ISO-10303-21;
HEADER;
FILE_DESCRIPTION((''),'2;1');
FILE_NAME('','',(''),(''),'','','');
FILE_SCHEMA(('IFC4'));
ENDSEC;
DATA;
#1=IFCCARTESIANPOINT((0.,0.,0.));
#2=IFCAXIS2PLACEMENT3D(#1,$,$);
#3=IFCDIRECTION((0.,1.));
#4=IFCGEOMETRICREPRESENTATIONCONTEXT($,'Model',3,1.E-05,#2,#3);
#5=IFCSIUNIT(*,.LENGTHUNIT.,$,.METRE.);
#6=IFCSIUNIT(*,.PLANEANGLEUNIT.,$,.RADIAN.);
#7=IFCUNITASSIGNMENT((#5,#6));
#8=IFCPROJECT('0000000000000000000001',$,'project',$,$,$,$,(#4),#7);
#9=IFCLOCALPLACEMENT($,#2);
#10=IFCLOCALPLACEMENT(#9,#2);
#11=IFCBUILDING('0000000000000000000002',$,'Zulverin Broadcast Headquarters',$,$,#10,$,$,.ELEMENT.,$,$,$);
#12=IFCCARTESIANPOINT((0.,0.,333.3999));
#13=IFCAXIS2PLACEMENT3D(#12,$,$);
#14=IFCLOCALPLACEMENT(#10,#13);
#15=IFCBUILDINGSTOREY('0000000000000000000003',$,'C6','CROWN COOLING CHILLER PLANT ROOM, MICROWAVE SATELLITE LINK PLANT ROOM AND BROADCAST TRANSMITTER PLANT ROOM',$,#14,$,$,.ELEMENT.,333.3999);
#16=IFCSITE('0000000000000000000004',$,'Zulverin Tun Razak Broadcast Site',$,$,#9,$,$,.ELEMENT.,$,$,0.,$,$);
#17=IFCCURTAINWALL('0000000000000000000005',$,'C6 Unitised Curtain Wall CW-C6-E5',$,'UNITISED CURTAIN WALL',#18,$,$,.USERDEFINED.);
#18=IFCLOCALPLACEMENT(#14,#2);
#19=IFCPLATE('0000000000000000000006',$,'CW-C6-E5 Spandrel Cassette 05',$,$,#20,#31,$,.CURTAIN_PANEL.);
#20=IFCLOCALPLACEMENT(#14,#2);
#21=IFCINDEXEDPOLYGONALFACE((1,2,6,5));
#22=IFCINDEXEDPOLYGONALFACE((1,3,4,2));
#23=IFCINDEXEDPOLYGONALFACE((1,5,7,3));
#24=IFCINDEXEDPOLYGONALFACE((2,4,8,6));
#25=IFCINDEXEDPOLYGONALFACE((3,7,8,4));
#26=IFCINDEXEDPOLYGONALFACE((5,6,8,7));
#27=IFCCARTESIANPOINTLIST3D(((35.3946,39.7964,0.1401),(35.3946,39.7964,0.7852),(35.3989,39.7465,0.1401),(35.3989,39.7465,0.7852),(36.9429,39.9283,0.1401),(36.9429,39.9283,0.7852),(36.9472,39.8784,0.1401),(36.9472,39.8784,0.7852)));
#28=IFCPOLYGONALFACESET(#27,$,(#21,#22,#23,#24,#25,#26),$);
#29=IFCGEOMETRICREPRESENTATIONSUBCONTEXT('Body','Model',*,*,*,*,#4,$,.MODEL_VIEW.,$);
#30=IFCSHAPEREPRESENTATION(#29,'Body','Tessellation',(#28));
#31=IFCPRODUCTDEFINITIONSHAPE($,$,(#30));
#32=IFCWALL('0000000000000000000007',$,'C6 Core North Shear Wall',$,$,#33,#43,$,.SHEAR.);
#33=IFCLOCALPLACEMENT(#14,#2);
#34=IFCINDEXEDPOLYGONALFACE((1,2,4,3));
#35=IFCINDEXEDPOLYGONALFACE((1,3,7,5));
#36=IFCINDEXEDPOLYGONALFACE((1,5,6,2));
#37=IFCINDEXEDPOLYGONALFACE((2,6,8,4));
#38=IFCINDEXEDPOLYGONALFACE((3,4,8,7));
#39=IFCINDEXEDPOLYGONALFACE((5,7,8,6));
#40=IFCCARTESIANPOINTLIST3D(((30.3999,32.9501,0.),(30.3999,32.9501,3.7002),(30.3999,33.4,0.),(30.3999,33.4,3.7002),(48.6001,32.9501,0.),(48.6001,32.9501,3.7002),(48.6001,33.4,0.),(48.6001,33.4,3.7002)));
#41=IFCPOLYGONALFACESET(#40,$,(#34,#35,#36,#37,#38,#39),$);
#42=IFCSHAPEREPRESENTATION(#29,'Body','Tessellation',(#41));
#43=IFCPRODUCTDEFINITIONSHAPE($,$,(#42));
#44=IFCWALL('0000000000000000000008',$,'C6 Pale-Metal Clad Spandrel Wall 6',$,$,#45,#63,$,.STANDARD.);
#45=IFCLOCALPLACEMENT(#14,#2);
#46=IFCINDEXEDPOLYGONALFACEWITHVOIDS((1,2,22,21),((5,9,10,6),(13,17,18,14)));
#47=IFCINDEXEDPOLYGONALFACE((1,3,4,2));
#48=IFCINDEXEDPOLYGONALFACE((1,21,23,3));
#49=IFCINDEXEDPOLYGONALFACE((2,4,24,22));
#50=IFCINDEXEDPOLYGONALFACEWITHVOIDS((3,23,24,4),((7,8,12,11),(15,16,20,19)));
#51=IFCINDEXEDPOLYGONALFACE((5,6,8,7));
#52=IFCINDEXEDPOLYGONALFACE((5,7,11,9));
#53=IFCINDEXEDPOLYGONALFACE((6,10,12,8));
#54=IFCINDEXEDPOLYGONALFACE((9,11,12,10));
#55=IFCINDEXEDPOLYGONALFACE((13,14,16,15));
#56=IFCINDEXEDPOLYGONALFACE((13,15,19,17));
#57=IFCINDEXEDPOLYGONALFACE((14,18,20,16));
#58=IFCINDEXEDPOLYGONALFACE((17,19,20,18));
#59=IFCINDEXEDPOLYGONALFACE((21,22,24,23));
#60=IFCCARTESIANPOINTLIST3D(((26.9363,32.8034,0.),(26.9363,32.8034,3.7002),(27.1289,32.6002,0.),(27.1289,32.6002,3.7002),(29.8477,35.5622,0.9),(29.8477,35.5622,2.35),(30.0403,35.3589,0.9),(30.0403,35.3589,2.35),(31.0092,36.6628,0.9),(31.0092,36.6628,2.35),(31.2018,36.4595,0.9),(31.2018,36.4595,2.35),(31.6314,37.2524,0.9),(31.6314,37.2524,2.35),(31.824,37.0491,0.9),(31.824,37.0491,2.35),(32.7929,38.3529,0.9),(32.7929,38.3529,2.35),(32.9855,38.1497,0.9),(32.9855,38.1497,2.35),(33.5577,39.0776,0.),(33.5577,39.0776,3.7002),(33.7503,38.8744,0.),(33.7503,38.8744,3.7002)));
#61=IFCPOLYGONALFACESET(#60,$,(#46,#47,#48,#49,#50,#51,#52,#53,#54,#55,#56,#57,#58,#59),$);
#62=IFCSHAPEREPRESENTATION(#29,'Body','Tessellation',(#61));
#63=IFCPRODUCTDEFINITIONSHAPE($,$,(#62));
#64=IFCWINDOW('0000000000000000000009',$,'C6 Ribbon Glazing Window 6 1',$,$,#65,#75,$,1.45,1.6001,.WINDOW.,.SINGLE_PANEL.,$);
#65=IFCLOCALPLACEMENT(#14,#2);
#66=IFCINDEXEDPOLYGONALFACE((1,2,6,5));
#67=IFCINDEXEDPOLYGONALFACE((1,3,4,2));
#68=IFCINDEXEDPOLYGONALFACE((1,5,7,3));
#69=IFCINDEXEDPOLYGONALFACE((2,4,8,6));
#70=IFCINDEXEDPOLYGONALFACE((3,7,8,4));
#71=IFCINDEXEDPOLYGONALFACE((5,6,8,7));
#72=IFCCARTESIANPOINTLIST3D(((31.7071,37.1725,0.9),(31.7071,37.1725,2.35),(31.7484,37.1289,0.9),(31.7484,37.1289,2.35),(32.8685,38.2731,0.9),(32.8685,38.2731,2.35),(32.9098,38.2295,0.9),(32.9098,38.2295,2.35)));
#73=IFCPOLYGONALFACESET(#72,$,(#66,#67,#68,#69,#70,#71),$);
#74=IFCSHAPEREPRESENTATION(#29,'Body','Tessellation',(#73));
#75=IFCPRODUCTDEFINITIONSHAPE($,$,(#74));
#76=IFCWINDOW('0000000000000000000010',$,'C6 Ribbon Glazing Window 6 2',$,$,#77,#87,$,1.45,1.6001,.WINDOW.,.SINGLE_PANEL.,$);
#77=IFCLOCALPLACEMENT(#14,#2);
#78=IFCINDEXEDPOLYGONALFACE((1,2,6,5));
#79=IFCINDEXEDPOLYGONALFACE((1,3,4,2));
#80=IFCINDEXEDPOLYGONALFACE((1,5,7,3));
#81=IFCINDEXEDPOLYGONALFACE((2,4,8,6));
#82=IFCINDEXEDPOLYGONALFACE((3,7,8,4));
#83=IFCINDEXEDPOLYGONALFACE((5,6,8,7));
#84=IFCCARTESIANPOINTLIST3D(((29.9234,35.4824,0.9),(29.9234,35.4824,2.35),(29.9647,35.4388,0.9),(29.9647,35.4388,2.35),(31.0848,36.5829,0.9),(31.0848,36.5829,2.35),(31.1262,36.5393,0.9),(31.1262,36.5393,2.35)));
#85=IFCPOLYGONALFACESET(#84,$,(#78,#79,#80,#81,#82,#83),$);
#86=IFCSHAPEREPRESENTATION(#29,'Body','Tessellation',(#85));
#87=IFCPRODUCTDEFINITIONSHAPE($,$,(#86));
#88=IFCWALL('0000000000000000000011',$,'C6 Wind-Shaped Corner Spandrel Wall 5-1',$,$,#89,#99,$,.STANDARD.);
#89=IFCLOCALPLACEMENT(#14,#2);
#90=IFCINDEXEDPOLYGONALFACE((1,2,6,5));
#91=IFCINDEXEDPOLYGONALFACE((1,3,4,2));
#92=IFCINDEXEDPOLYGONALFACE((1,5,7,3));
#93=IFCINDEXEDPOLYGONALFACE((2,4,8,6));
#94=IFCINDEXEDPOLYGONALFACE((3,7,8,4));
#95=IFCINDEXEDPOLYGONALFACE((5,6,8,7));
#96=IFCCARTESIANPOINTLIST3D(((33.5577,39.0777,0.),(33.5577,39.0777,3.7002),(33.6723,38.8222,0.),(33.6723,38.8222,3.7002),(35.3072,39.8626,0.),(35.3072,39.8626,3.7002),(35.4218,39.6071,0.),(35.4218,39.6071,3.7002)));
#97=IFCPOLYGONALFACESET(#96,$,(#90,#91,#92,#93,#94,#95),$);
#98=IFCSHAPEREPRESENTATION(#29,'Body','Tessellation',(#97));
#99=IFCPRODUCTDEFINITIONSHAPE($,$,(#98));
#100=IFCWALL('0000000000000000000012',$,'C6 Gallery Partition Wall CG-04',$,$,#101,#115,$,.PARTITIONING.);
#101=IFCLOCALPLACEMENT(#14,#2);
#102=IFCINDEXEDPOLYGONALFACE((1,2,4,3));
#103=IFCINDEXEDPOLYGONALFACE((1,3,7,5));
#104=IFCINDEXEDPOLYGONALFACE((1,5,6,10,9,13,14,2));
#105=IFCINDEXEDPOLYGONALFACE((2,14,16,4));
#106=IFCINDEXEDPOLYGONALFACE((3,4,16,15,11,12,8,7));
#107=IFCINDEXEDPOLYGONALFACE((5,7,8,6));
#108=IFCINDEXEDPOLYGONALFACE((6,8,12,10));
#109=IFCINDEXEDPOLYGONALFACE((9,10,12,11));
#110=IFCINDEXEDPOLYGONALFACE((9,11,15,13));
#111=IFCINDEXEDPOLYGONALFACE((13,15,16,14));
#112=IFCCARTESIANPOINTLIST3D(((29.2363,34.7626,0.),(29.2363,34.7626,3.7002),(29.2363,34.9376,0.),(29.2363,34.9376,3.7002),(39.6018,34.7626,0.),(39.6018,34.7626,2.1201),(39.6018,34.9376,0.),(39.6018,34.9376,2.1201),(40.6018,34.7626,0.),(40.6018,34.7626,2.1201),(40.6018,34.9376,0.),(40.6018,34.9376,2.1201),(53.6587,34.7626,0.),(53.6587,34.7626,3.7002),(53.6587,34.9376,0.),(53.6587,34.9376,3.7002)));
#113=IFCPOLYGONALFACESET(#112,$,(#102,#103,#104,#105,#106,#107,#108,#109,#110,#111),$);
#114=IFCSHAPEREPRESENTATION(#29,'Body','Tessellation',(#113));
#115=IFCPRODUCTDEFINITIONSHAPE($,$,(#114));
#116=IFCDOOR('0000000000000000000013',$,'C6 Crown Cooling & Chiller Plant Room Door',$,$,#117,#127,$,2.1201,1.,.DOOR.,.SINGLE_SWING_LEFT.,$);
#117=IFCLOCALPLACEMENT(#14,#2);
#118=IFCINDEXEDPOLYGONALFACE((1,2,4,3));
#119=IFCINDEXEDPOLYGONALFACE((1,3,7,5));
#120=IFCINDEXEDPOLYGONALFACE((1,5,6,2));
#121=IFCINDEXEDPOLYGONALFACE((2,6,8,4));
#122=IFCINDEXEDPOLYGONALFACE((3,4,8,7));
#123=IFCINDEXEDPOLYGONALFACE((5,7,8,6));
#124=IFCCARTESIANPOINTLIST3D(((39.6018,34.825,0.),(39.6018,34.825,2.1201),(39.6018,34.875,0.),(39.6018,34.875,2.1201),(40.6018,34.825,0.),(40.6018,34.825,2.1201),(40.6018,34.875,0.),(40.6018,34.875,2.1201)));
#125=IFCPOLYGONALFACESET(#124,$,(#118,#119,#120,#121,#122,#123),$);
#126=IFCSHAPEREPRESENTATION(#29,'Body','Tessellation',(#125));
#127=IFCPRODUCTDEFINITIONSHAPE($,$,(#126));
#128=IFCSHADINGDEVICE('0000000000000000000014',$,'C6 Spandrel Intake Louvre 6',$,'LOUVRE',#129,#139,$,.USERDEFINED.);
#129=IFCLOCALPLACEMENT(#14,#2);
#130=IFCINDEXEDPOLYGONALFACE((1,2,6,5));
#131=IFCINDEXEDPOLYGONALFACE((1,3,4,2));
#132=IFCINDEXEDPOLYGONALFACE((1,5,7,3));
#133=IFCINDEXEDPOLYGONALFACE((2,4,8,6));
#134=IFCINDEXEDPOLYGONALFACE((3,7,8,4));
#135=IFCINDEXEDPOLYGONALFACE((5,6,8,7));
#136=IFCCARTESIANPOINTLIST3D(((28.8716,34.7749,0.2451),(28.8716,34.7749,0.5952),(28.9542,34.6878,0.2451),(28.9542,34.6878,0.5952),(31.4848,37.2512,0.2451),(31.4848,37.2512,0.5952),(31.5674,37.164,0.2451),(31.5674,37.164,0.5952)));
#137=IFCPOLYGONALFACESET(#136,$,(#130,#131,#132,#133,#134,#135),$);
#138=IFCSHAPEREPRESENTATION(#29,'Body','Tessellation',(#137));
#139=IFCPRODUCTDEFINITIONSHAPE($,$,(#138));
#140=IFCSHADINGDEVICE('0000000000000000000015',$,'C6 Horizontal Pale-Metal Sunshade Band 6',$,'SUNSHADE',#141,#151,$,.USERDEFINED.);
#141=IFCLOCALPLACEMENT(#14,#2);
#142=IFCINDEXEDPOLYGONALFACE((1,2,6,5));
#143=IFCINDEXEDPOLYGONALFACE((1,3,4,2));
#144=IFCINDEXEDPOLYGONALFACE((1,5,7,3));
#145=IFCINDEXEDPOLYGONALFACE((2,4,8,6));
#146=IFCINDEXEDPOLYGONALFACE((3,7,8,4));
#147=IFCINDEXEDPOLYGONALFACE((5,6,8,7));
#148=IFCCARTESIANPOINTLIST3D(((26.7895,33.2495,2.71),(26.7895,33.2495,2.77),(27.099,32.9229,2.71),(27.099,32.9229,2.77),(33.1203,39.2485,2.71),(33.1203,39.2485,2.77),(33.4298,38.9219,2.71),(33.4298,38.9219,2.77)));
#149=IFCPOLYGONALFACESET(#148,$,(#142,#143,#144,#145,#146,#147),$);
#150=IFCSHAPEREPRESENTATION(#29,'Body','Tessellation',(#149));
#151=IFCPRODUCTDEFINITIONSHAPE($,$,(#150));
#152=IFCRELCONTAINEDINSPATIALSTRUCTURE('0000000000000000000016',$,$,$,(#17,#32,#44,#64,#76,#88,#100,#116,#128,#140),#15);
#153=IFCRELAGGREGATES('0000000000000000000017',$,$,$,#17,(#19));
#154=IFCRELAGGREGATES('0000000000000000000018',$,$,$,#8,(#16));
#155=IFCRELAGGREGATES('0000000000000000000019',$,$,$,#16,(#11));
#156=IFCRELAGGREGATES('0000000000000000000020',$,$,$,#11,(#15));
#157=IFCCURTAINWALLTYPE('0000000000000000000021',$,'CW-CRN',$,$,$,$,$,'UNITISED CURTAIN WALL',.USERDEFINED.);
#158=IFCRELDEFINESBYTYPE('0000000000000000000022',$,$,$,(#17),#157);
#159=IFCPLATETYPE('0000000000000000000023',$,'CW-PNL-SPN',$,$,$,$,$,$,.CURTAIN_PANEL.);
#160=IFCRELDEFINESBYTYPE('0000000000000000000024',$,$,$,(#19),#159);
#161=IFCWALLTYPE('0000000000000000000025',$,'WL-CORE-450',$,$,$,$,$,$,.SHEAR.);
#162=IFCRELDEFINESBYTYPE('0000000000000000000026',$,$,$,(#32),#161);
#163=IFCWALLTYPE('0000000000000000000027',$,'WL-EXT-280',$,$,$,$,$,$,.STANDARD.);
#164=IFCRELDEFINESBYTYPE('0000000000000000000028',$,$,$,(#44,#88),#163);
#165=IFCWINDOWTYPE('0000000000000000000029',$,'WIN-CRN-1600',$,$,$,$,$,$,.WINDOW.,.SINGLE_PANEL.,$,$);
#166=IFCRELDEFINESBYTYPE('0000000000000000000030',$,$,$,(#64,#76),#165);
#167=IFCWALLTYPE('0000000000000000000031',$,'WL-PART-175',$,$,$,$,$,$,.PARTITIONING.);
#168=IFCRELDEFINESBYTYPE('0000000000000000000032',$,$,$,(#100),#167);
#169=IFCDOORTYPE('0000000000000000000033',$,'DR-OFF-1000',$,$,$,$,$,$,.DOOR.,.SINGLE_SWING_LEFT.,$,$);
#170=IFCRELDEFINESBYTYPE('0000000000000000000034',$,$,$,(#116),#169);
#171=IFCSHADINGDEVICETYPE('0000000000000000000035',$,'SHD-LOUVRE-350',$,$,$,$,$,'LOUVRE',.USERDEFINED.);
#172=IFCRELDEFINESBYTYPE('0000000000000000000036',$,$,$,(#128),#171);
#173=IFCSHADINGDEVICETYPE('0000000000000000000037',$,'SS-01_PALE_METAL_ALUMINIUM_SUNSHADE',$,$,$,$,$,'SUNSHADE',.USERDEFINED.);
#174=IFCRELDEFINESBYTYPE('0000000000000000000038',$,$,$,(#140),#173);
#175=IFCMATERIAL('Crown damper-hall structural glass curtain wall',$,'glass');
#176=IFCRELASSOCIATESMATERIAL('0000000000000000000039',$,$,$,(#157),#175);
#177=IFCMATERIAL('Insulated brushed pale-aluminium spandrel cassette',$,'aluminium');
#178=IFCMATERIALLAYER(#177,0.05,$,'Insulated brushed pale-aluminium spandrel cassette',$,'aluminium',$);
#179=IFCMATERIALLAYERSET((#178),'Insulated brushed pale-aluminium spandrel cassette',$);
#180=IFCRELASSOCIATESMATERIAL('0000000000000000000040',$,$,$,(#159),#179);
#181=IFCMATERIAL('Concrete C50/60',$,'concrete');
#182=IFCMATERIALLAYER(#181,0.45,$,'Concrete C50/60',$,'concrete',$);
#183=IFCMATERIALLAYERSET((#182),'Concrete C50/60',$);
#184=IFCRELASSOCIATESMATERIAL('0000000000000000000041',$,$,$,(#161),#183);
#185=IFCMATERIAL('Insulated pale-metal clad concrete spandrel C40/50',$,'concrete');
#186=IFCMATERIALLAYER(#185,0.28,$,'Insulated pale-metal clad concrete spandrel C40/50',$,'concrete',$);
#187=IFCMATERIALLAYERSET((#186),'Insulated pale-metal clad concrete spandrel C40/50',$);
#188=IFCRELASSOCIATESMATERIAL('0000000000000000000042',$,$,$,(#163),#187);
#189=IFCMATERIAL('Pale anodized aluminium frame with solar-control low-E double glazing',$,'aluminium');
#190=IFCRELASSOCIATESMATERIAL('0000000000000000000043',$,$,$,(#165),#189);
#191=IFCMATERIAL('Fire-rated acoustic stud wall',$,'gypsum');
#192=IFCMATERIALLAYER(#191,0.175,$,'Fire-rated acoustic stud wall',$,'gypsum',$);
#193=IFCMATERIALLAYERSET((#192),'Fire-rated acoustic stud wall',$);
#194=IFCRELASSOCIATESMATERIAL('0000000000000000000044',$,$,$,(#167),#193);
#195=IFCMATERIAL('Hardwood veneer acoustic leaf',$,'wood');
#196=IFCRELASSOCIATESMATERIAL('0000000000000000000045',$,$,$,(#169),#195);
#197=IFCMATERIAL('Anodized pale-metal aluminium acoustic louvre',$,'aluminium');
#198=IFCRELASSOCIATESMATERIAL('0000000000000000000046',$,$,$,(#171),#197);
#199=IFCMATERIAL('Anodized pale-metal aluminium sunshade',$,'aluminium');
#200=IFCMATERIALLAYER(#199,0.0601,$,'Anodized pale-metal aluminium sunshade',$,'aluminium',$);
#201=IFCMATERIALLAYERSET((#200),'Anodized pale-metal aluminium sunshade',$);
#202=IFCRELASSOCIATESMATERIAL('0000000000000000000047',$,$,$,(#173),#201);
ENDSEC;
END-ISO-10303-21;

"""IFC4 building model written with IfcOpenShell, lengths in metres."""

from ifc_helpers import new_model, si_unit, direction, frame, frame_2d, origin, origin_2d, place, context, subcontext, project, spatial, rectangle, extrude, material, layer, layer_set, type_object, element, fill, aggregate, save


model = new_model("IFC4")

# Units and contexts
model_context = context("Model", 3, precision=1e-05, world=origin(), true_north=direction((0.0, 1.0)))
body_context = subcontext(model_context, "Body", "Model", "MODEL_VIEW")
ifc_project = project(units=[si_unit("LENGTHUNIT", "METRE"), si_unit("PLANEANGLEUNIT", "RADIAN")], contexts=[model_context])

# Site, building, storey
site_placement = place(None, origin())
site = spatial("IfcSite", under=ifc_project, at=site_placement, Name="Zulverin Tun Razak Broadcast Site", CompositionType="ELEMENT", RefElevation=0.0)
building_placement = place(site_placement, origin())
building = spatial("IfcBuilding", under=site, at=building_placement, Name="Zulverin Broadcast Headquarters", CompositionType="ELEMENT")
storey_placement = place(building_placement, frame((0.0, 0.0, 333.3999)))
storey = spatial("IfcBuildingStorey", under=building, at=storey_placement, Name="C6", Description="CROWN COOLING CHILLER PLANT ROOM, MICROWAVE SATELLITE LINK PLANT ROOM AND BROADCAST TRANSMITTER PLANT ROOM", CompositionType="ELEMENT", Elevation=333.3999)

# Shared definitions
ifc_material_1 = material(Name="Concrete C50/60", Category="concrete")

# Curtain wall, plate
ifc_material_2 = material(Name="Crown damper-hall structural glass curtain wall", Category="glass")
curtain_wall_type = type_object("IfcCurtainWallType", Name="CW-CRN", ElementType="UNITISED CURTAIN WALL", PredefinedType="USERDEFINED", material=ifc_material_2)
curtain_wall_placement = place(storey_placement, origin())
curtain_wall = element("IfcCurtainWall", 1, at=curtain_wall_placement, inside=storey, type_object=curtain_wall_type, Name="C6 Unitised Curtain Wall CW-C6-E5", ObjectType="UNITISED CURTAIN WALL", PredefinedType="USERDEFINED")
ifc_material_3 = material(Name="Insulated brushed pale-aluminium spandrel cassette", Category="aluminium")
ifc_layer_1 = layer(ifc_material_3, 0.05, Name="Insulated brushed pale-aluminium spandrel cassette", Category="aluminium")
ifc_layer_set_1 = layer_set([ifc_layer_1], Name="Insulated brushed pale-aluminium spandrel cassette")
plate_type_1 = type_object("IfcPlateType", Name="CW-PNL-SPN", PredefinedType="CURTAIN_PANEL", material=ifc_layer_set_1)
plate_1_placement = place(storey_placement, frame((36.1709, 39.8374, 0.1401), z_axis=(0.0, 0.0, 1.0), x_axis=(-0.996389, -0.0849, 0.0)))
plate_1 = element("IfcPlate", 2, at=plate_1_placement, type_object=plate_type_1, Name="CW-C6-E5 Spandrel Cassette 05", PredefinedType="CURTAIN_PANEL", context=body_context, shape_type="SweptSolid", body=[
    extrude(rectangle(XDim=1.554, YDim=0.05, at=origin_2d()), origin(), (0.0, 0.0, 1.0), 0.645),
])
aggregate(curtain_wall, [plate_1])

# Wall
ifc_layer_2 = layer(ifc_material_1, 0.45, Name="Concrete C50/60", Category="concrete")
ifc_layer_set_2 = layer_set([ifc_layer_2], Name="Concrete C50/60")
wall_type_1 = type_object("IfcWallType", Name="WL-CORE-450", PredefinedType="SHEAR", material=ifc_layer_set_2)
wall_1_placement = place(storey_placement, frame((30.3999, 33.175, 0.0), z_axis=(0.0, 0.0, 1.0), x_axis=(1.0, 0.0, 0.0)))
element("IfcWall", 3, at=wall_1_placement, inside=storey, type_object=wall_type_1, Name="C6 Core North Shear Wall", PredefinedType="SHEAR", context=body_context, shape_type="SweptSolid", body=[
    extrude(rectangle(XDim=18.2002, YDim=0.45, at=frame_2d((9.1001, 0.0))), origin(), (0.0, 0.0, 1.0), 3.7002),
])

# Wall, openings, windows
ifc_material_4 = material(Name="Insulated pale-metal clad concrete spandrel C40/50", Category="concrete")
ifc_layer_3 = layer(ifc_material_4, 0.28, Name="Insulated pale-metal clad concrete spandrel C40/50", Category="concrete")
ifc_layer_set_3 = layer_set([ifc_layer_3], Name="Insulated pale-metal clad concrete spandrel C40/50")
wall_type_2 = type_object("IfcWallType", Name="WL-EXT-280", PredefinedType="STANDARD", material=ifc_layer_set_3)
wall_2_placement = place(storey_placement, frame((33.6541, 38.9761, 0.0), z_axis=(0.0, 0.0, 1.0), x_axis=(-0.72588, -0.687821, 0.0)))
wall_2 = element("IfcWall", 4, at=wall_2_placement, inside=storey, type_object=wall_type_2, Name="C6 Pale-Metal Clad Spandrel Wall 6", PredefinedType="STANDARD", context=body_context, shape_type="SweptSolid", body=[
    extrude(rectangle(XDim=9.1218, YDim=0.28, at=frame_2d((4.561, 0.0))), origin(), (0.0, 0.0, 1.0), 3.7002),
])
opening_1_placement = place(wall_2_placement, frame((1.0537, 0.0, 0.8999)))
opening_1 = element("IfcOpeningElement", 5, at=opening_1_placement, cuts=wall_2, PredefinedType="OPENING", context=body_context, shape_type="SweptSolid", body=[
    extrude(rectangle(XDim=1.6001, YDim=1.45, at=frame_2d((0.8, 0.7251))), frame((0.0, 0.1499, 0.0), z_axis=(0.0, -1.0, 0.0), x_axis=(1.0, 0.0, 0.0)), (0.0, 0.0, 1.0), 0.3),
])
opening_2_placement = place(wall_2_placement, frame((3.511, 0.0, 0.8999)))
opening_2 = element("IfcOpeningElement", 6, at=opening_2_placement, cuts=wall_2, PredefinedType="OPENING", context=body_context, shape_type="SweptSolid", body=[
    extrude(rectangle(XDim=1.6001, YDim=1.45, at=frame_2d((0.8, 0.7251))), frame((0.0, 0.1499, 0.0), z_axis=(0.0, -1.0, 0.0), x_axis=(1.0, 0.0, 0.0)), (0.0, 0.0, 1.0), 0.3),
])
ifc_material_5 = material(Name="Pale anodized aluminium frame with solar-control low-E double glazing", Category="aluminium")
window_type = type_object("IfcWindowType", Name="WIN-CRN-1600", PartitioningType="SINGLE_PANEL", PredefinedType="WINDOW", material=ifc_material_5)
window_1_placement = place(opening_1_placement, origin())
window_1 = element("IfcWindow", 7, at=window_1_placement, inside=storey, type_object=window_type, Name="C6 Ribbon Glazing Window 6 1", OverallHeight=1.45, OverallWidth=1.6001, PartitioningType="SINGLE_PANEL", PredefinedType="WINDOW", context=body_context, shape_type="SweptSolid", body=[
    extrude(rectangle(XDim=1.6001, YDim=1.45, at=frame_2d((0.8, 0.7251))), frame((0.0, 0.03, 0.0), z_axis=(0.0, -1.0, 0.0), x_axis=(1.0, 0.0, 0.0)), (0.0, 0.0, 1.0), 0.0601),
])
fill(opening_1, window_1)
window_2_placement = place(opening_2_placement, origin())
window_2 = element("IfcWindow", 8, at=window_2_placement, inside=storey, type_object=window_type, Name="C6 Ribbon Glazing Window 6 2", OverallHeight=1.45, OverallWidth=1.6001, PartitioningType="SINGLE_PANEL", PredefinedType="WINDOW", context=body_context, shape_type="SweptSolid", body=[
    extrude(rectangle(XDim=1.6001, YDim=1.45, at=frame_2d((0.8, 0.7251))), frame((0.0, 0.03, 0.0), z_axis=(0.0, -1.0, 0.0), x_axis=(1.0, 0.0, 0.0)), (0.0, 0.0, 1.0), 0.0601),
])
fill(opening_2, window_2)

# Wall
wall_3_placement = place(storey_placement, frame((35.3645, 39.7349, 0.0), z_axis=(0.0, 0.0, 1.0), x_axis=(-0.912383, -0.409337, 0.0)))
element("IfcWall", 9, at=wall_3_placement, inside=storey, type_object=wall_type_2, Name="C6 Wind-Shaped Corner Spandrel Wall 5-1", PredefinedType="STANDARD", context=body_context, shape_type="SweptSolid", body=[
    extrude(rectangle(XDim=1.9175, YDim=0.28, at=frame_2d((0.9587, 0.0))), origin(), (0.0, 0.0, 1.0), 3.7002),
])

# Wall, opening, door
ifc_material_6 = material(Name="Fire-rated acoustic stud wall", Category="gypsum")
ifc_layer_4 = layer(ifc_material_6, 0.175, Name="Fire-rated acoustic stud wall", Category="gypsum")
ifc_layer_set_4 = layer_set([ifc_layer_4], Name="Fire-rated acoustic stud wall")
wall_type_3 = type_object("IfcWallType", Name="WL-PART-175", PredefinedType="PARTITIONING", material=ifc_layer_set_4)
wall_4_placement = place(storey_placement, frame((29.2363, 34.8501, 0.0), z_axis=(0.0, 0.0, 1.0), x_axis=(1.0, 0.0, 0.0)))
wall_4 = element("IfcWall", 10, at=wall_4_placement, inside=storey, type_object=wall_type_3, Name="C6 Gallery Partition Wall CG-04", PredefinedType="PARTITIONING", context=body_context, shape_type="SweptSolid", body=[
    extrude(rectangle(XDim=24.4224, YDim=0.175, at=frame_2d((12.2112, 0.0))), origin(), (0.0, 0.0, 1.0), 3.7002),
])
opening_3_placement = place(wall_4_placement, frame((10.3655, 0.0, 0.0)))
opening_3 = element("IfcOpeningElement", 11, at=opening_3_placement, cuts=wall_4, PredefinedType="OPENING", context=body_context, shape_type="SweptSolid", body=[
    extrude(rectangle(XDim=1.0, YDim=2.1201, at=frame_2d((0.5, 1.0601))), frame((0.0, 0.0974, 0.0), z_axis=(0.0, -1.0, 0.0), x_axis=(1.0, 0.0, 0.0)), (0.0, 0.0, 1.0), 0.1951),
])
ifc_material_7 = material(Name="Hardwood veneer acoustic leaf", Category="wood")
door_type = type_object("IfcDoorType", Name="DR-OFF-1000", OperationType="SINGLE_SWING_LEFT", PredefinedType="DOOR", material=ifc_material_7)
door_placement = place(opening_3_placement, origin())
door = element("IfcDoor", 12, at=door_placement, inside=storey, type_object=door_type, Name="C6 Crown Cooling & Chiller Plant Room Door", OperationType="SINGLE_SWING_LEFT", OverallHeight=2.1201, OverallWidth=1.0, PredefinedType="DOOR", context=body_context, shape_type="SweptSolid", body=[
    extrude(rectangle(XDim=1.0, YDim=2.1201, at=frame_2d((0.5, 1.0601))), frame((0.0, 0.0249, 0.0), z_axis=(0.0, -1.0, 0.0), x_axis=(1.0, 0.0, 0.0)), (0.0, 0.0, 1.0), 0.05),
])
fill(opening_3, door)

# Shading devices
ifc_material_8 = material(Name="Anodized pale-metal aluminium acoustic louvre", Category="aluminium")
shading_device_type_1 = type_object("IfcShadingDeviceType", Name="SHD-LOUVRE-350", ElementType="LOUVRE", PredefinedType="USERDEFINED", material=ifc_material_8)
shading_device_1_placement = place(storey_placement, frame((30.2195, 35.9695, 0.2451), z_axis=(0.0, 0.0, 1.0), x_axis=(-0.725872, -0.68783, 0.0)))
element("IfcShadingDevice", 13, at=shading_device_1_placement, inside=storey, type_object=shading_device_type_1, Name="C6 Spandrel Intake Louvre 6", ObjectType="LOUVRE", PredefinedType="USERDEFINED", context=body_context, shape_type="SweptSolid", body=[
    extrude(rectangle(XDim=3.6001, YDim=0.1201, at=origin_2d()), origin(), (0.0, 0.0, 1.0), 0.3501),
])
ifc_material_9 = material(Name="Anodized pale-metal aluminium sunshade", Category="aluminium")
ifc_layer_5 = layer(ifc_material_9, 0.0601, Name="Anodized pale-metal aluminium sunshade", Category="aluminium")
ifc_layer_set_5 = layer_set([ifc_layer_5], Name="Anodized pale-metal aluminium sunshade")
shading_device_type_2 = type_object("IfcShadingDeviceType", Name="SS-01_PALE_METAL_ALUMINIUM_SUNSHADE", ElementType="SUNSHADE", PredefinedType="USERDEFINED", material=ifc_layer_set_5)
shading_device_2_placement = place(storey_placement, frame((30.1096, 36.0857, 2.71), z_axis=(0.0, 0.0, 1.0), x_axis=(-0.725872, -0.68783, 0.0)))
element("IfcShadingDevice", 14, at=shading_device_2_placement, inside=storey, type_object=shading_device_type_2, Name="C6 Horizontal Pale-Metal Sunshade Band 6", ObjectType="SUNSHADE", PredefinedType="USERDEFINED", context=body_context, shape_type="SweptSolid", body=[
    extrude(rectangle(XDim=8.7217, YDim=0.45, at=origin_2d()), origin(), (0.0, 0.0, 1.0), 0.0601),
])

save(model, "model.ifc")
